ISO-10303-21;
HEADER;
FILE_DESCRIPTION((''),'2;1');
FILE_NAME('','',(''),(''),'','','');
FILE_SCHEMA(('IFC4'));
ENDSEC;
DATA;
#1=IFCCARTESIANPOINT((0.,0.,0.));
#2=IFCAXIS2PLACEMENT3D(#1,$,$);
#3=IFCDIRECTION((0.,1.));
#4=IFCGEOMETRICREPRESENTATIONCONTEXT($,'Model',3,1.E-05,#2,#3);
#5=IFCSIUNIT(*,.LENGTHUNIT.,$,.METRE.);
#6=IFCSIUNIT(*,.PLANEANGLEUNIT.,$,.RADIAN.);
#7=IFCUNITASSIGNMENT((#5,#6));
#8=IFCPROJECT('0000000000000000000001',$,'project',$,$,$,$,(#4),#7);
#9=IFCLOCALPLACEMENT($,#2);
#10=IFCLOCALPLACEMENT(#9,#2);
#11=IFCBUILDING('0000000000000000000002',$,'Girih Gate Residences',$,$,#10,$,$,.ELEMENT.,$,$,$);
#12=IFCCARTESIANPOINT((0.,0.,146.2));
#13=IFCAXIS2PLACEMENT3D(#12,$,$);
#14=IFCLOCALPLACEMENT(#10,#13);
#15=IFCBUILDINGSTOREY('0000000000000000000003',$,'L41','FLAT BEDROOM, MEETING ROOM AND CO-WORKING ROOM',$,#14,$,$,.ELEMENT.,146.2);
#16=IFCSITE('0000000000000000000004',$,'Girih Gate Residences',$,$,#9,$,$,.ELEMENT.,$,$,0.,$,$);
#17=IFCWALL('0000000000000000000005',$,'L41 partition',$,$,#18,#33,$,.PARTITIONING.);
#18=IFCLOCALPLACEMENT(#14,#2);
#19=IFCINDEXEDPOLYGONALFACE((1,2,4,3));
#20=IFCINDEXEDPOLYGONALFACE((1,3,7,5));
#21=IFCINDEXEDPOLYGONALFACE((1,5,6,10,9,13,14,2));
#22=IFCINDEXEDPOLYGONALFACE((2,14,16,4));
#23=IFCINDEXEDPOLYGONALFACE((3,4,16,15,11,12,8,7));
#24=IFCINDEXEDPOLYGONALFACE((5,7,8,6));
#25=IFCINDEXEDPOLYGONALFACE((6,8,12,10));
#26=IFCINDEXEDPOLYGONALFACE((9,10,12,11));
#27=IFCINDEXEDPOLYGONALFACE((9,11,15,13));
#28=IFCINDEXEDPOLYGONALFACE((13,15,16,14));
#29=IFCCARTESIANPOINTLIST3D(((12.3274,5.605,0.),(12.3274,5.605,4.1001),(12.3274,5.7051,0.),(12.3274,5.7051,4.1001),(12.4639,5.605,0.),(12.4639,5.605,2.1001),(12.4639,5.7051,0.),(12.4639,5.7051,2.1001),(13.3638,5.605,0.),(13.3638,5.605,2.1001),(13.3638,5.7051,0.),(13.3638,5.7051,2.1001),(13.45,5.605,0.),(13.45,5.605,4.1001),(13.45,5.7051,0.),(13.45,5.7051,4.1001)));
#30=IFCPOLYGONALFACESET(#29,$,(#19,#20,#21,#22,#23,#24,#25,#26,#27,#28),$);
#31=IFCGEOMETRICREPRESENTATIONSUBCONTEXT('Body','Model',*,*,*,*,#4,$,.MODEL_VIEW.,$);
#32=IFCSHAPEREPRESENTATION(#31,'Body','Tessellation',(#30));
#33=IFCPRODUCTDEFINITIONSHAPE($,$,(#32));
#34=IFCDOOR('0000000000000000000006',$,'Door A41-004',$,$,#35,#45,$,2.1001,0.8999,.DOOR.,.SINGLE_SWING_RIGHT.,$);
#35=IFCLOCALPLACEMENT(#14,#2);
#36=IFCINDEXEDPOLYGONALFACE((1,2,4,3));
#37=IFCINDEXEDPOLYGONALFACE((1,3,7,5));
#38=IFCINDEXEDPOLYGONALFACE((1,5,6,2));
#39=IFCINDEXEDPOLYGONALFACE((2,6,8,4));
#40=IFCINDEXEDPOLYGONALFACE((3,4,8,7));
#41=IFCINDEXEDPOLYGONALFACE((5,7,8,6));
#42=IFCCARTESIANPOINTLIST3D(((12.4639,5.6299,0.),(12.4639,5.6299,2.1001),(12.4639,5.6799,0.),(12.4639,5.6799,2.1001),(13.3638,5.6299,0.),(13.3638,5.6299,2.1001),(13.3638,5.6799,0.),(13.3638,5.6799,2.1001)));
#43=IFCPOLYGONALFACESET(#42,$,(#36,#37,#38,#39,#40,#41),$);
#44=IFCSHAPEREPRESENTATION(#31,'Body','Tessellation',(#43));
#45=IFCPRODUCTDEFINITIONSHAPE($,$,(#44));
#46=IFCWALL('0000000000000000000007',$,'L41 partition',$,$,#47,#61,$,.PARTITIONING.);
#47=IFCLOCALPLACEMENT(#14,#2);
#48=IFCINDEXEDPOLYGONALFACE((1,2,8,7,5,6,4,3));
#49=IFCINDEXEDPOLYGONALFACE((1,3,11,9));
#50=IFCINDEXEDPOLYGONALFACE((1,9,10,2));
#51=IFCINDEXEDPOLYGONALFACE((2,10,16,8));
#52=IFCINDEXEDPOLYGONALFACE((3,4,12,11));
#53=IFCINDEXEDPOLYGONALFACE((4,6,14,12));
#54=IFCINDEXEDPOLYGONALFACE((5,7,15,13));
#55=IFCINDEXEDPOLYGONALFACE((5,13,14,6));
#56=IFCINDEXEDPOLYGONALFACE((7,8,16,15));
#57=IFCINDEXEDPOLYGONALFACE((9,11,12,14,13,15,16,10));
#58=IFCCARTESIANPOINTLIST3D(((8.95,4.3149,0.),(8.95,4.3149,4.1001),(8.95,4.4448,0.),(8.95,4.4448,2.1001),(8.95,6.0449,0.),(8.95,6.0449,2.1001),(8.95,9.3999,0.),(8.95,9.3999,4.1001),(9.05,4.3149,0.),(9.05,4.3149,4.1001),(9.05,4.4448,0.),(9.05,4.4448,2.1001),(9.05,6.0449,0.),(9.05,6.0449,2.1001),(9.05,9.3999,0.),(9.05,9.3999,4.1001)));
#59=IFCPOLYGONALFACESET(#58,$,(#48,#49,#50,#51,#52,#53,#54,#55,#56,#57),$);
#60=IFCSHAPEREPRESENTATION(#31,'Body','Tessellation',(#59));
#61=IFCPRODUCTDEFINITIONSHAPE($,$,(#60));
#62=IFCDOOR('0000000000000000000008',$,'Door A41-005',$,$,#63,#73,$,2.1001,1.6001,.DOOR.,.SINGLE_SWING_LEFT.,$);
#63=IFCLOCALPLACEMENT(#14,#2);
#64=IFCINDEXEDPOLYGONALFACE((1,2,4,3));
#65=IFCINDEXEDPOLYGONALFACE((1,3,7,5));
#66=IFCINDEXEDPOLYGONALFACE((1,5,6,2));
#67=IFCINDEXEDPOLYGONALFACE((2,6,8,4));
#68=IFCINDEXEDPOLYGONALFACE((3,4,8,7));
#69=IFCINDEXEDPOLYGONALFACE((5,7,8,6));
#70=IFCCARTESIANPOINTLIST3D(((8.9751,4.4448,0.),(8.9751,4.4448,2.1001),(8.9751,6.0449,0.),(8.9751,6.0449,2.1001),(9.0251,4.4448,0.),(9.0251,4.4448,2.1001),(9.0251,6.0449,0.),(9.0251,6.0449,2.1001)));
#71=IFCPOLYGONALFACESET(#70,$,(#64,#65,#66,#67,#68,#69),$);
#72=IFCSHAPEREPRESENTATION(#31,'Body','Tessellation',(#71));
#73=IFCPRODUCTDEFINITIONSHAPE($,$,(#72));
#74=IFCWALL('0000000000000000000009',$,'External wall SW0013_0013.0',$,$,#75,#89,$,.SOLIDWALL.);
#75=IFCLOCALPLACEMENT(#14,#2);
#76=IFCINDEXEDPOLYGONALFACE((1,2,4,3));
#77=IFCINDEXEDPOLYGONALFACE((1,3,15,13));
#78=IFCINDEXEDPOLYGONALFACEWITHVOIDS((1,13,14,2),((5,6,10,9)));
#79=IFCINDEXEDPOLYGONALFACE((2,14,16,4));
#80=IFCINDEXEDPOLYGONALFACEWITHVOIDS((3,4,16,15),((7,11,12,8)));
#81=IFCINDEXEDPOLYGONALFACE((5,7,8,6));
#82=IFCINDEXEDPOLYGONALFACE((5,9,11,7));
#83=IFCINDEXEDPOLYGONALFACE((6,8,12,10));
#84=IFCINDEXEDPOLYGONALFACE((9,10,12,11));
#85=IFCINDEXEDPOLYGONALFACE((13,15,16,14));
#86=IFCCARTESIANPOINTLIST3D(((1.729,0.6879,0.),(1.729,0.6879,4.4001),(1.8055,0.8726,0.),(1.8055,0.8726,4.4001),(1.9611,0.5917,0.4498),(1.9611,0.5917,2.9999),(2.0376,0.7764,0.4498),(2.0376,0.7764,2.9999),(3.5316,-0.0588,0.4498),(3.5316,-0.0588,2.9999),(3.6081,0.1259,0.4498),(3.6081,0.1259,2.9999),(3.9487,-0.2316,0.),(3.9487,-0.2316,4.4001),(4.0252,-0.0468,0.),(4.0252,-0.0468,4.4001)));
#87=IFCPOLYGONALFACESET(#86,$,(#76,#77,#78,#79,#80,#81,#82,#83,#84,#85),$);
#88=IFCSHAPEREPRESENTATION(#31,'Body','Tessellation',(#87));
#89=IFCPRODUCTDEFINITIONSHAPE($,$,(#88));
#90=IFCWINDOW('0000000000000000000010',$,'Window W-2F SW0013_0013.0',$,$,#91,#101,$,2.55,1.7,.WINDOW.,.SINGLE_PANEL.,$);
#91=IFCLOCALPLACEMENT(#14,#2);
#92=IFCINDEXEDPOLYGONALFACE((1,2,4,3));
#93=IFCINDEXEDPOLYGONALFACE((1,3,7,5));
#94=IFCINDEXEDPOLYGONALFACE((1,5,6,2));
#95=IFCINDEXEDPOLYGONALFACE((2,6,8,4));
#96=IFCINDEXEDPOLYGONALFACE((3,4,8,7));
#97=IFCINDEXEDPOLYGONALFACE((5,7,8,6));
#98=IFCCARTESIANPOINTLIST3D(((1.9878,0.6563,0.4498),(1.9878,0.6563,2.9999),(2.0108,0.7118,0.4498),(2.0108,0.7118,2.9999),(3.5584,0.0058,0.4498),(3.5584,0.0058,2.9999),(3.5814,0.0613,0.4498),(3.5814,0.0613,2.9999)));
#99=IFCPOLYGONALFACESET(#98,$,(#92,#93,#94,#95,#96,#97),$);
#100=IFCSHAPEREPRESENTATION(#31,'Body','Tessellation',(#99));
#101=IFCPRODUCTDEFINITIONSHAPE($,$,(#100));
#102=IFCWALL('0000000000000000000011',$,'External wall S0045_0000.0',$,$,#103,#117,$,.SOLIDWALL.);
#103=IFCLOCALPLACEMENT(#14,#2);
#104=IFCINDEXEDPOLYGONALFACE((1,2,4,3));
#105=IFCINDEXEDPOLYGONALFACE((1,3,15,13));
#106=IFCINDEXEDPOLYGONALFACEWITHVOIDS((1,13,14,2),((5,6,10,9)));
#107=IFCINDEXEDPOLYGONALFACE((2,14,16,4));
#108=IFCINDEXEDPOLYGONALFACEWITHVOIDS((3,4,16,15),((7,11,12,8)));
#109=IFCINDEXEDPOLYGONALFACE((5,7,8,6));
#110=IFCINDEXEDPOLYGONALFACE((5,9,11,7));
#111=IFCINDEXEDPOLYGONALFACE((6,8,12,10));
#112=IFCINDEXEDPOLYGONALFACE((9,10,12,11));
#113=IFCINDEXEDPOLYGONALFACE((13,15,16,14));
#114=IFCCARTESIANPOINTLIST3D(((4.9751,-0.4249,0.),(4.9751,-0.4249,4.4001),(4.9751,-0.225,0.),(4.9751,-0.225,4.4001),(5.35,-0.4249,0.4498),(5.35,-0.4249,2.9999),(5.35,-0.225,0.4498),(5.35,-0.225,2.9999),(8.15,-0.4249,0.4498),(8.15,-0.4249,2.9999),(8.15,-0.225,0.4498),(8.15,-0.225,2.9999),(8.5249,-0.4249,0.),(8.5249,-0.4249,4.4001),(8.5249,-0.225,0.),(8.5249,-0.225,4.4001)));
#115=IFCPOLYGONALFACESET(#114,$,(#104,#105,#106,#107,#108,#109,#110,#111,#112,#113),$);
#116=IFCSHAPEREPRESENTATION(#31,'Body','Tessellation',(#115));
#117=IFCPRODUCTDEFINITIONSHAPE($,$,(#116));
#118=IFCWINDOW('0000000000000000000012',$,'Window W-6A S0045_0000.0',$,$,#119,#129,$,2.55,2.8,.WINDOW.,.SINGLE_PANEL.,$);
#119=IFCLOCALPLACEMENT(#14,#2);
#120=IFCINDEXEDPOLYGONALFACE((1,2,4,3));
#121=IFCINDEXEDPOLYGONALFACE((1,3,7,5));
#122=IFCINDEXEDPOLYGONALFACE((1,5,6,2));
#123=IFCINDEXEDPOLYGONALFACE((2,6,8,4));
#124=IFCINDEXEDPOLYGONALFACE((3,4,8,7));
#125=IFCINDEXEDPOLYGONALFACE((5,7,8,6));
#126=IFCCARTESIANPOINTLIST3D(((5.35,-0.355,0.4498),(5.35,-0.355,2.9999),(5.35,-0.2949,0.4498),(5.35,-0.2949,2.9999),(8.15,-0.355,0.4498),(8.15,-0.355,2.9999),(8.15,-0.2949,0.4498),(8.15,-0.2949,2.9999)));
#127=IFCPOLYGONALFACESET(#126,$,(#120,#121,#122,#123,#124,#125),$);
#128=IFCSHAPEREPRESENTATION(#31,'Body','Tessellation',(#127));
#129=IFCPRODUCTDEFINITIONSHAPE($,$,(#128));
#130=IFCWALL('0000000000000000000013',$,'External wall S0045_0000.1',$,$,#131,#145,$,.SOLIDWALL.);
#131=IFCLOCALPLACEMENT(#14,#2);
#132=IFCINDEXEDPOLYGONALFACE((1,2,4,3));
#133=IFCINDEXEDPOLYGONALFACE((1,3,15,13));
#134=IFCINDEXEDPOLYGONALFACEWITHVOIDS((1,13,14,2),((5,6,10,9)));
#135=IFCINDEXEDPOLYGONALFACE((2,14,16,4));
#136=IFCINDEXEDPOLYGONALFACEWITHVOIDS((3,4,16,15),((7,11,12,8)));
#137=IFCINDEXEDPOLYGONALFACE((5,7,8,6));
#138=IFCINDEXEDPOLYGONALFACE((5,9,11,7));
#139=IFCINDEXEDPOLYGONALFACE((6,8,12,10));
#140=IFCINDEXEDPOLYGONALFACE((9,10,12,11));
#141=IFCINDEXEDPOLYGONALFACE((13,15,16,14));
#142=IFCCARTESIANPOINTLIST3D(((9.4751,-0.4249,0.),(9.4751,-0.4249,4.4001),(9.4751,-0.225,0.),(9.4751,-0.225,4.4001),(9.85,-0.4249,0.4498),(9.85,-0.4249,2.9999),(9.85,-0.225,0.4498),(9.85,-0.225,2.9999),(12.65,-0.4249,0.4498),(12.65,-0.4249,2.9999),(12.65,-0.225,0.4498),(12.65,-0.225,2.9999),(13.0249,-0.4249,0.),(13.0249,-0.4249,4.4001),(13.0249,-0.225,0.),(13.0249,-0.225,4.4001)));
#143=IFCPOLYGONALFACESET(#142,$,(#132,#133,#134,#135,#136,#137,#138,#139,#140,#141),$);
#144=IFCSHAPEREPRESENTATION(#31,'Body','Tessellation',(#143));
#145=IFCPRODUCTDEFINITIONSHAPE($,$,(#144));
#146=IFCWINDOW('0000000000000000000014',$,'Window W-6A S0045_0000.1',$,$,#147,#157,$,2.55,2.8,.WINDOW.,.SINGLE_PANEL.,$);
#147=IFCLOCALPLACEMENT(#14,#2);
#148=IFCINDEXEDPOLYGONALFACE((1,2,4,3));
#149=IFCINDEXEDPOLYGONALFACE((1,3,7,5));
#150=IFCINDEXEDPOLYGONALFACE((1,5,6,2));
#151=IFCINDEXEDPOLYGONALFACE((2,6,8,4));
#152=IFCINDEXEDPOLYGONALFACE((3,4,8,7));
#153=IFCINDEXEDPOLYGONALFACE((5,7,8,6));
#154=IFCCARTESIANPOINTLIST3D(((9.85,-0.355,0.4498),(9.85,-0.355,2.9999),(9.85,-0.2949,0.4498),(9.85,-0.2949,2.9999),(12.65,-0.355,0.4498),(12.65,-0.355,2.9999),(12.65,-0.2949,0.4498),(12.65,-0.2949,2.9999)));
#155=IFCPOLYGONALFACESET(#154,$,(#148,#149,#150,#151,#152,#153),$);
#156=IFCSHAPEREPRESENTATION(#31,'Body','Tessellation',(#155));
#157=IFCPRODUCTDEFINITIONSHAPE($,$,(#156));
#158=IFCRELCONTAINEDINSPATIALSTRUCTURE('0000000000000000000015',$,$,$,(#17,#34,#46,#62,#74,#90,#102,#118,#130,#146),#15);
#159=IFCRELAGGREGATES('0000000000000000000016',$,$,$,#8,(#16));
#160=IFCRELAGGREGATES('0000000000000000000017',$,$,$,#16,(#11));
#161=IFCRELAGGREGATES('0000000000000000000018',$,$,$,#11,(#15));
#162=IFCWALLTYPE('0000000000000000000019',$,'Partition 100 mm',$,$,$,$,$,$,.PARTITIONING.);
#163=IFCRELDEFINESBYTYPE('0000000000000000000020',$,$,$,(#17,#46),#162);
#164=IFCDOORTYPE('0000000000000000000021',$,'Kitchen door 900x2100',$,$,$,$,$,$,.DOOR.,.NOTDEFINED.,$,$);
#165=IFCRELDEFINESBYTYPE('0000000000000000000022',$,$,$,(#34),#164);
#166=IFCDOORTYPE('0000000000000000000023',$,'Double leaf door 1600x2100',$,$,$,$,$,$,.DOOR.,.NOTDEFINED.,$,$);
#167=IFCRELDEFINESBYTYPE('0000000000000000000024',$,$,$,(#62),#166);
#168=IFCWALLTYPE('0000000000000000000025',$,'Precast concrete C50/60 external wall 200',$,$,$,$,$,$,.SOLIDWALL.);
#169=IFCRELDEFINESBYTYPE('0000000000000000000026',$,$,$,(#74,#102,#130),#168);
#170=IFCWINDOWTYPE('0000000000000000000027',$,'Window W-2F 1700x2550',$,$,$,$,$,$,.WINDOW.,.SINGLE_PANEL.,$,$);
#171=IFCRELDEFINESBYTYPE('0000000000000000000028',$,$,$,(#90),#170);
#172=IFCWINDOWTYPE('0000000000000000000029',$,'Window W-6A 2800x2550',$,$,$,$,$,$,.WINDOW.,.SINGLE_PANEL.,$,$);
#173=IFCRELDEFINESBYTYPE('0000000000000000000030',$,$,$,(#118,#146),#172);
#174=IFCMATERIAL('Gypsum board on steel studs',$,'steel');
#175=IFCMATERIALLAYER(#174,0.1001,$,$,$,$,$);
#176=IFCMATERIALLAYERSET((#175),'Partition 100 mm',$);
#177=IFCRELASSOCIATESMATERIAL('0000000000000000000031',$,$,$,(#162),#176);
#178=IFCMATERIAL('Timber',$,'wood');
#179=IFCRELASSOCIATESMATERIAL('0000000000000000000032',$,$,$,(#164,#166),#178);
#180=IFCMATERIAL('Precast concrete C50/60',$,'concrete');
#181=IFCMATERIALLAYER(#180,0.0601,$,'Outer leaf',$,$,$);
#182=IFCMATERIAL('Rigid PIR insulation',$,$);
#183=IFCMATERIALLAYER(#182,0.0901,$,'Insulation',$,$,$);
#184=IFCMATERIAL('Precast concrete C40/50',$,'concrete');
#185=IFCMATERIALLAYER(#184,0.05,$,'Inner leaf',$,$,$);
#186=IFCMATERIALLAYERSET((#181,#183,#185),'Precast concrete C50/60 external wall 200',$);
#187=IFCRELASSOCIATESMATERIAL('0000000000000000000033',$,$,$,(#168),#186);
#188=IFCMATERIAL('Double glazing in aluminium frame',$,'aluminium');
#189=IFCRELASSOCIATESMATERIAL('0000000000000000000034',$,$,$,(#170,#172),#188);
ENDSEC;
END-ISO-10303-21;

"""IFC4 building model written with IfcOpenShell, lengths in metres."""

from ifc_helpers import new_model, si_unit, direction, frame, frame_2d, origin, place, context, subcontext, project, spatial, rectangle, extrude, material, layer, layer_set, type_object, element, fill, save


model = new_model("IFC4")

# Units and contexts
model_context = context("Model", 3, precision=1e-05, world=origin(), true_north=direction((0.0, 1.0)))
body_context = subcontext(model_context, "Body", "Model", "MODEL_VIEW")
ifc_project = project(units=[si_unit("LENGTHUNIT", "METRE"), si_unit("PLANEANGLEUNIT", "RADIAN")], contexts=[model_context])

# Site, building, storey
site_placement = place(None, origin())
site = spatial("IfcSite", under=ifc_project, at=site_placement, Name="Girih Gate Residences", CompositionType="ELEMENT", RefElevation=0.0)
building_placement = place(site_placement, origin())
building = spatial("IfcBuilding", under=site, at=building_placement, Name="Girih Gate Residences", CompositionType="ELEMENT")
storey_placement = place(building_placement, frame((0.0, 0.0, 146.2)))
storey = spatial("IfcBuildingStorey", under=building, at=storey_placement, Name="L41", Description="FLAT BEDROOM, MEETING ROOM AND CO-WORKING ROOM", CompositionType="ELEMENT", Elevation=146.2)

# Shared definitions
ifc_material_1 = material(Name="Gypsum board on steel studs", Category="steel")
ifc_layer_1 = layer(ifc_material_1, 0.1001)
ifc_layer_set_1 = layer_set([ifc_layer_1], Name="Partition 100 mm")
wall_type_1 = type_object("IfcWallType", Name="Partition 100 mm", PredefinedType="PARTITIONING", material=ifc_layer_set_1)

# Shared definitions
ifc_material_2 = material(Name="Timber", Category="wood")

# Walls, openings, doors
wall_1_placement = place(storey_placement, frame((12.3274, 5.655, 0.0), z_axis=(0.0, 0.0, 1.0), x_axis=(1.0, 0.0, 0.0)))
wall_1 = element("IfcWall", 1, at=wall_1_placement, inside=storey, type_object=wall_type_1, Name="L41 partition", PredefinedType="PARTITIONING", context=body_context, shape_type="SweptSolid", body=[
    extrude(rectangle(XDim=1.1226, YDim=0.1001, at=frame_2d((0.5613, 0.0))), origin(), (0.0, 0.0, 1.0), 4.1001),
])
opening_1_placement = place(wall_1_placement, frame((0.1365, 0.0, 0.0)))
opening_1 = element("IfcOpeningElement", 2, at=opening_1_placement, cuts=wall_1, PredefinedType="OPENING", context=body_context, shape_type="SweptSolid", body=[
    extrude(rectangle(XDim=0.8999, YDim=2.1001, at=frame_2d((0.45, 1.05))), frame((0.0, 0.0601, 0.0), z_axis=(0.0, -1.0, 0.0), x_axis=(1.0, 0.0, 0.0)), (0.0, 0.0, 1.0), 0.1201),
])
door_type_1 = type_object("IfcDoorType", Name="Kitchen door 900x2100", OperationType="NOTDEFINED", PredefinedType="DOOR", material=ifc_material_2)
door_1_placement = place(opening_1_placement, origin())
door_1 = element("IfcDoor", 3, at=door_1_placement, inside=storey, type_object=door_type_1, Name="Door A41-004", OperationType="SINGLE_SWING_RIGHT", OverallHeight=2.1001, OverallWidth=0.8999, PredefinedType="DOOR", context=body_context, shape_type="SweptSolid", body=[
    extrude(rectangle(XDim=0.8999, YDim=2.1001, at=frame_2d((0.45, 1.05))), frame((0.0, 0.0249, 0.0), z_axis=(0.0, -1.0, 0.0), x_axis=(1.0, 0.0, 0.0)), (0.0, 0.0, 1.0), 0.05),
])
fill(opening_1, door_1)
wall_2_placement = place(storey_placement, frame((9.0, 4.3149, 0.0), z_axis=(0.0, 0.0, 1.0), x_axis=(0.0, 1.0, 0.0)))
wall_2 = element("IfcWall", 4, at=wall_2_placement, inside=storey, type_object=wall_type_1, Name="L41 partition", PredefinedType="PARTITIONING", context=body_context, shape_type="SweptSolid", body=[
    extrude(rectangle(XDim=5.085, YDim=0.1001, at=frame_2d((2.5425, 0.0))), origin(), (0.0, 0.0, 1.0), 4.1001),
])
opening_2_placement = place(wall_2_placement, frame((0.1299, 0.0, 0.0)))
opening_2 = element("IfcOpeningElement", 5, at=opening_2_placement, cuts=wall_2, PredefinedType="OPENING", context=body_context, shape_type="SweptSolid", body=[
    extrude(rectangle(XDim=1.6001, YDim=2.1001, at=frame_2d((0.8, 1.05))), frame((0.0, 0.0601, 0.0), z_axis=(0.0, -1.0, 0.0), x_axis=(1.0, 0.0, 0.0)), (0.0, 0.0, 1.0), 0.1201),
])
door_type_2 = type_object("IfcDoorType", Name="Double leaf door 1600x2100", OperationType="NOTDEFINED", PredefinedType="DOOR", material=ifc_material_2)
door_2_placement = place(opening_2_placement, origin())
door_2 = element("IfcDoor", 6, at=door_2_placement, inside=storey, type_object=door_type_2, Name="Door A41-005", OperationType="SINGLE_SWING_LEFT", OverallHeight=2.1001, OverallWidth=1.6001, PredefinedType="DOOR", context=body_context, shape_type="SweptSolid", body=[
    extrude(rectangle(XDim=1.6001, YDim=2.1001, at=frame_2d((0.8, 1.05))), frame((0.0, 0.0249, 0.0), z_axis=(0.0, -1.0, 0.0), x_axis=(1.0, 0.0, 0.0)), (0.0, 0.0, 1.0), 0.05),
])
fill(opening_2, door_2)

# Walls, openings, windows
ifc_material_3 = material(Name="Precast concrete C50/60", Category="concrete")
ifc_layer_2 = layer(ifc_material_3, 0.0601, Name="Outer leaf")
ifc_material_4 = material(Name="Rigid PIR insulation")
ifc_layer_3 = layer(ifc_material_4, 0.0901, Name="Insulation")
ifc_material_5 = material(Name="Precast concrete C40/50", Category="concrete")
ifc_layer_4 = layer(ifc_material_5, 0.05, Name="Inner leaf")
ifc_layer_set_2 = layer_set([ifc_layer_2, ifc_layer_3, ifc_layer_4], Name="Precast concrete C50/60 external wall 200")
wall_type_2 = type_object("IfcWallType", Name="Precast concrete C50/60 external wall 200", PredefinedType="SOLIDWALL", material=ifc_layer_set_2)
wall_3_placement = place(storey_placement, frame((3.9868, -0.1392, 0.0), z_axis=(0.0, 0.0, 1.0), x_axis=(-0.923881, 0.382681, 0.0)))
wall_3 = element("IfcWall", 7, at=wall_3_placement, inside=storey, type_object=wall_type_2, Name="External wall SW0013_0013.0", PredefinedType="SOLIDWALL", context=body_context, shape_type="SweptSolid", body=[
    extrude(rectangle(XDim=2.4026, YDim=0.2, at=frame_2d((1.2012, 0.0))), origin(), (0.0, 0.0, 1.0), 4.4001),
])
opening_3_placement = place(wall_3_placement, frame((0.4512, 0.0, 0.45)))
opening_3 = element("IfcOpeningElement", 8, at=opening_3_placement, cuts=wall_3, PredefinedType="OPENING", context=body_context, shape_type="SweptSolid", body=[
    extrude(rectangle(XDim=1.7, YDim=2.55, at=frame_2d((0.8501, 1.2749))), frame((0.0, 0.1099, 0.0), z_axis=(0.0, -1.0, 0.0), x_axis=(1.0, 0.0, 0.0)), (0.0, 0.0, 1.0), 0.22),
])
ifc_material_6 = material(Name="Double glazing in aluminium frame", Category="aluminium")
window_type_1 = type_object("IfcWindowType", Name="Window W-2F 1700x2550", PartitioningType="SINGLE_PANEL", PredefinedType="WINDOW", material=ifc_material_6)
window_1_placement = place(opening_3_placement, origin())
window_1 = element("IfcWindow", 9, at=window_1_placement, inside=storey, type_object=window_type_1, Name="Window W-2F SW0013_0013.0", OverallHeight=2.55, OverallWidth=1.7, PartitioningType="SINGLE_PANEL", PredefinedType="WINDOW", context=body_context, shape_type="SweptSolid", body=[
    extrude(rectangle(XDim=1.7, YDim=2.55, at=frame_2d((0.8501, 1.2749))), frame((0.0, 0.03, 0.0), z_axis=(0.0, -1.0, 0.0), x_axis=(1.0, 0.0, 0.0)), (0.0, 0.0, 1.0), 0.0601),
])
fill(opening_3, window_1)
wall_4_placement = place(storey_placement, frame((8.5249, -0.325, 0.0), z_axis=(0.0, 0.0, 1.0), x_axis=(-1.0, 0.0, 0.0)))
wall_4 = element("IfcWall", 10, at=wall_4_placement, inside=storey, type_object=wall_type_2, Name="External wall S0045_0000.0", PredefinedType="SOLIDWALL", context=body_context, shape_type="SweptSolid", body=[
    extrude(rectangle(XDim=3.5498, YDim=0.2, at=frame_2d((1.7749, 0.0))), origin(), (0.0, 0.0, 1.0), 4.4001),
])
opening_4_placement = place(wall_4_placement, frame((0.375, 0.0, 0.45)))
opening_4 = element("IfcOpeningElement", 11, at=opening_4_placement, cuts=wall_4, PredefinedType="OPENING", context=body_context, shape_type="SweptSolid", body=[
    extrude(rectangle(XDim=2.8, YDim=2.55, at=frame_2d((1.3999, 1.2749))), frame((0.0, 0.1099, 0.0), z_axis=(0.0, -1.0, 0.0), x_axis=(1.0, 0.0, 0.0)), (0.0, 0.0, 1.0), 0.22),
])
window_type_2 = type_object("IfcWindowType", Name="Window W-6A 2800x2550", PartitioningType="SINGLE_PANEL", PredefinedType="WINDOW", material=ifc_material_6)
window_2_placement = place(opening_4_placement, origin())
window_2 = element("IfcWindow", 12, at=window_2_placement, inside=storey, type_object=window_type_2, Name="Window W-6A S0045_0000.0", OverallHeight=2.55, OverallWidth=2.8, PartitioningType="SINGLE_PANEL", PredefinedType="WINDOW", context=body_context, shape_type="SweptSolid", body=[
    extrude(rectangle(XDim=2.8, YDim=2.55, at=frame_2d((1.3999, 1.2749))), frame((0.0, 0.03, 0.0), z_axis=(0.0, -1.0, 0.0), x_axis=(1.0, 0.0, 0.0)), (0.0, 0.0, 1.0), 0.0601),
])
fill(opening_4, window_2)
wall_5_placement = place(storey_placement, frame((13.0249, -0.325, 0.0), z_axis=(0.0, 0.0, 1.0), x_axis=(-1.0, 0.0, 0.0)))
wall_5 = element("IfcWall", 13, at=wall_5_placement, inside=storey, type_object=wall_type_2, Name="External wall S0045_0000.1", PredefinedType="SOLIDWALL", context=body_context, shape_type="SweptSolid", body=[
    extrude(rectangle(XDim=3.5498, YDim=0.2, at=frame_2d((1.7749, 0.0))), origin(), (0.0, 0.0, 1.0), 4.4001),
])
opening_5_placement = place(wall_5_placement, frame((0.375, 0.0, 0.45)))
opening_5 = element("IfcOpeningElement", 14, at=opening_5_placement, cuts=wall_5, PredefinedType="OPENING", context=body_context, shape_type="SweptSolid", body=[
    extrude(rectangle(XDim=2.8, YDim=2.55, at=frame_2d((1.3999, 1.2749))), frame((0.0, 0.1099, 0.0), z_axis=(0.0, -1.0, 0.0), x_axis=(1.0, 0.0, 0.0)), (0.0, 0.0, 1.0), 0.22),
])
window_3_placement = place(opening_5_placement, origin())
window_3 = element("IfcWindow", 15, at=window_3_placement, inside=storey, type_object=window_type_2, Name="Window W-6A S0045_0000.1", OverallHeight=2.55, OverallWidth=2.8, PartitioningType="SINGLE_PANEL", PredefinedType="WINDOW", context=body_context, shape_type="SweptSolid", body=[
    extrude(rectangle(XDim=2.8, YDim=2.55, at=frame_2d((1.3999, 1.2749))), frame((0.0, 0.03, 0.0), z_axis=(0.0, -1.0, 0.0), x_axis=(1.0, 0.0, 0.0)), (0.0, 0.0, 1.0), 0.0601),
])
fill(opening_5, window_3)

save(model, "model.ifc")
